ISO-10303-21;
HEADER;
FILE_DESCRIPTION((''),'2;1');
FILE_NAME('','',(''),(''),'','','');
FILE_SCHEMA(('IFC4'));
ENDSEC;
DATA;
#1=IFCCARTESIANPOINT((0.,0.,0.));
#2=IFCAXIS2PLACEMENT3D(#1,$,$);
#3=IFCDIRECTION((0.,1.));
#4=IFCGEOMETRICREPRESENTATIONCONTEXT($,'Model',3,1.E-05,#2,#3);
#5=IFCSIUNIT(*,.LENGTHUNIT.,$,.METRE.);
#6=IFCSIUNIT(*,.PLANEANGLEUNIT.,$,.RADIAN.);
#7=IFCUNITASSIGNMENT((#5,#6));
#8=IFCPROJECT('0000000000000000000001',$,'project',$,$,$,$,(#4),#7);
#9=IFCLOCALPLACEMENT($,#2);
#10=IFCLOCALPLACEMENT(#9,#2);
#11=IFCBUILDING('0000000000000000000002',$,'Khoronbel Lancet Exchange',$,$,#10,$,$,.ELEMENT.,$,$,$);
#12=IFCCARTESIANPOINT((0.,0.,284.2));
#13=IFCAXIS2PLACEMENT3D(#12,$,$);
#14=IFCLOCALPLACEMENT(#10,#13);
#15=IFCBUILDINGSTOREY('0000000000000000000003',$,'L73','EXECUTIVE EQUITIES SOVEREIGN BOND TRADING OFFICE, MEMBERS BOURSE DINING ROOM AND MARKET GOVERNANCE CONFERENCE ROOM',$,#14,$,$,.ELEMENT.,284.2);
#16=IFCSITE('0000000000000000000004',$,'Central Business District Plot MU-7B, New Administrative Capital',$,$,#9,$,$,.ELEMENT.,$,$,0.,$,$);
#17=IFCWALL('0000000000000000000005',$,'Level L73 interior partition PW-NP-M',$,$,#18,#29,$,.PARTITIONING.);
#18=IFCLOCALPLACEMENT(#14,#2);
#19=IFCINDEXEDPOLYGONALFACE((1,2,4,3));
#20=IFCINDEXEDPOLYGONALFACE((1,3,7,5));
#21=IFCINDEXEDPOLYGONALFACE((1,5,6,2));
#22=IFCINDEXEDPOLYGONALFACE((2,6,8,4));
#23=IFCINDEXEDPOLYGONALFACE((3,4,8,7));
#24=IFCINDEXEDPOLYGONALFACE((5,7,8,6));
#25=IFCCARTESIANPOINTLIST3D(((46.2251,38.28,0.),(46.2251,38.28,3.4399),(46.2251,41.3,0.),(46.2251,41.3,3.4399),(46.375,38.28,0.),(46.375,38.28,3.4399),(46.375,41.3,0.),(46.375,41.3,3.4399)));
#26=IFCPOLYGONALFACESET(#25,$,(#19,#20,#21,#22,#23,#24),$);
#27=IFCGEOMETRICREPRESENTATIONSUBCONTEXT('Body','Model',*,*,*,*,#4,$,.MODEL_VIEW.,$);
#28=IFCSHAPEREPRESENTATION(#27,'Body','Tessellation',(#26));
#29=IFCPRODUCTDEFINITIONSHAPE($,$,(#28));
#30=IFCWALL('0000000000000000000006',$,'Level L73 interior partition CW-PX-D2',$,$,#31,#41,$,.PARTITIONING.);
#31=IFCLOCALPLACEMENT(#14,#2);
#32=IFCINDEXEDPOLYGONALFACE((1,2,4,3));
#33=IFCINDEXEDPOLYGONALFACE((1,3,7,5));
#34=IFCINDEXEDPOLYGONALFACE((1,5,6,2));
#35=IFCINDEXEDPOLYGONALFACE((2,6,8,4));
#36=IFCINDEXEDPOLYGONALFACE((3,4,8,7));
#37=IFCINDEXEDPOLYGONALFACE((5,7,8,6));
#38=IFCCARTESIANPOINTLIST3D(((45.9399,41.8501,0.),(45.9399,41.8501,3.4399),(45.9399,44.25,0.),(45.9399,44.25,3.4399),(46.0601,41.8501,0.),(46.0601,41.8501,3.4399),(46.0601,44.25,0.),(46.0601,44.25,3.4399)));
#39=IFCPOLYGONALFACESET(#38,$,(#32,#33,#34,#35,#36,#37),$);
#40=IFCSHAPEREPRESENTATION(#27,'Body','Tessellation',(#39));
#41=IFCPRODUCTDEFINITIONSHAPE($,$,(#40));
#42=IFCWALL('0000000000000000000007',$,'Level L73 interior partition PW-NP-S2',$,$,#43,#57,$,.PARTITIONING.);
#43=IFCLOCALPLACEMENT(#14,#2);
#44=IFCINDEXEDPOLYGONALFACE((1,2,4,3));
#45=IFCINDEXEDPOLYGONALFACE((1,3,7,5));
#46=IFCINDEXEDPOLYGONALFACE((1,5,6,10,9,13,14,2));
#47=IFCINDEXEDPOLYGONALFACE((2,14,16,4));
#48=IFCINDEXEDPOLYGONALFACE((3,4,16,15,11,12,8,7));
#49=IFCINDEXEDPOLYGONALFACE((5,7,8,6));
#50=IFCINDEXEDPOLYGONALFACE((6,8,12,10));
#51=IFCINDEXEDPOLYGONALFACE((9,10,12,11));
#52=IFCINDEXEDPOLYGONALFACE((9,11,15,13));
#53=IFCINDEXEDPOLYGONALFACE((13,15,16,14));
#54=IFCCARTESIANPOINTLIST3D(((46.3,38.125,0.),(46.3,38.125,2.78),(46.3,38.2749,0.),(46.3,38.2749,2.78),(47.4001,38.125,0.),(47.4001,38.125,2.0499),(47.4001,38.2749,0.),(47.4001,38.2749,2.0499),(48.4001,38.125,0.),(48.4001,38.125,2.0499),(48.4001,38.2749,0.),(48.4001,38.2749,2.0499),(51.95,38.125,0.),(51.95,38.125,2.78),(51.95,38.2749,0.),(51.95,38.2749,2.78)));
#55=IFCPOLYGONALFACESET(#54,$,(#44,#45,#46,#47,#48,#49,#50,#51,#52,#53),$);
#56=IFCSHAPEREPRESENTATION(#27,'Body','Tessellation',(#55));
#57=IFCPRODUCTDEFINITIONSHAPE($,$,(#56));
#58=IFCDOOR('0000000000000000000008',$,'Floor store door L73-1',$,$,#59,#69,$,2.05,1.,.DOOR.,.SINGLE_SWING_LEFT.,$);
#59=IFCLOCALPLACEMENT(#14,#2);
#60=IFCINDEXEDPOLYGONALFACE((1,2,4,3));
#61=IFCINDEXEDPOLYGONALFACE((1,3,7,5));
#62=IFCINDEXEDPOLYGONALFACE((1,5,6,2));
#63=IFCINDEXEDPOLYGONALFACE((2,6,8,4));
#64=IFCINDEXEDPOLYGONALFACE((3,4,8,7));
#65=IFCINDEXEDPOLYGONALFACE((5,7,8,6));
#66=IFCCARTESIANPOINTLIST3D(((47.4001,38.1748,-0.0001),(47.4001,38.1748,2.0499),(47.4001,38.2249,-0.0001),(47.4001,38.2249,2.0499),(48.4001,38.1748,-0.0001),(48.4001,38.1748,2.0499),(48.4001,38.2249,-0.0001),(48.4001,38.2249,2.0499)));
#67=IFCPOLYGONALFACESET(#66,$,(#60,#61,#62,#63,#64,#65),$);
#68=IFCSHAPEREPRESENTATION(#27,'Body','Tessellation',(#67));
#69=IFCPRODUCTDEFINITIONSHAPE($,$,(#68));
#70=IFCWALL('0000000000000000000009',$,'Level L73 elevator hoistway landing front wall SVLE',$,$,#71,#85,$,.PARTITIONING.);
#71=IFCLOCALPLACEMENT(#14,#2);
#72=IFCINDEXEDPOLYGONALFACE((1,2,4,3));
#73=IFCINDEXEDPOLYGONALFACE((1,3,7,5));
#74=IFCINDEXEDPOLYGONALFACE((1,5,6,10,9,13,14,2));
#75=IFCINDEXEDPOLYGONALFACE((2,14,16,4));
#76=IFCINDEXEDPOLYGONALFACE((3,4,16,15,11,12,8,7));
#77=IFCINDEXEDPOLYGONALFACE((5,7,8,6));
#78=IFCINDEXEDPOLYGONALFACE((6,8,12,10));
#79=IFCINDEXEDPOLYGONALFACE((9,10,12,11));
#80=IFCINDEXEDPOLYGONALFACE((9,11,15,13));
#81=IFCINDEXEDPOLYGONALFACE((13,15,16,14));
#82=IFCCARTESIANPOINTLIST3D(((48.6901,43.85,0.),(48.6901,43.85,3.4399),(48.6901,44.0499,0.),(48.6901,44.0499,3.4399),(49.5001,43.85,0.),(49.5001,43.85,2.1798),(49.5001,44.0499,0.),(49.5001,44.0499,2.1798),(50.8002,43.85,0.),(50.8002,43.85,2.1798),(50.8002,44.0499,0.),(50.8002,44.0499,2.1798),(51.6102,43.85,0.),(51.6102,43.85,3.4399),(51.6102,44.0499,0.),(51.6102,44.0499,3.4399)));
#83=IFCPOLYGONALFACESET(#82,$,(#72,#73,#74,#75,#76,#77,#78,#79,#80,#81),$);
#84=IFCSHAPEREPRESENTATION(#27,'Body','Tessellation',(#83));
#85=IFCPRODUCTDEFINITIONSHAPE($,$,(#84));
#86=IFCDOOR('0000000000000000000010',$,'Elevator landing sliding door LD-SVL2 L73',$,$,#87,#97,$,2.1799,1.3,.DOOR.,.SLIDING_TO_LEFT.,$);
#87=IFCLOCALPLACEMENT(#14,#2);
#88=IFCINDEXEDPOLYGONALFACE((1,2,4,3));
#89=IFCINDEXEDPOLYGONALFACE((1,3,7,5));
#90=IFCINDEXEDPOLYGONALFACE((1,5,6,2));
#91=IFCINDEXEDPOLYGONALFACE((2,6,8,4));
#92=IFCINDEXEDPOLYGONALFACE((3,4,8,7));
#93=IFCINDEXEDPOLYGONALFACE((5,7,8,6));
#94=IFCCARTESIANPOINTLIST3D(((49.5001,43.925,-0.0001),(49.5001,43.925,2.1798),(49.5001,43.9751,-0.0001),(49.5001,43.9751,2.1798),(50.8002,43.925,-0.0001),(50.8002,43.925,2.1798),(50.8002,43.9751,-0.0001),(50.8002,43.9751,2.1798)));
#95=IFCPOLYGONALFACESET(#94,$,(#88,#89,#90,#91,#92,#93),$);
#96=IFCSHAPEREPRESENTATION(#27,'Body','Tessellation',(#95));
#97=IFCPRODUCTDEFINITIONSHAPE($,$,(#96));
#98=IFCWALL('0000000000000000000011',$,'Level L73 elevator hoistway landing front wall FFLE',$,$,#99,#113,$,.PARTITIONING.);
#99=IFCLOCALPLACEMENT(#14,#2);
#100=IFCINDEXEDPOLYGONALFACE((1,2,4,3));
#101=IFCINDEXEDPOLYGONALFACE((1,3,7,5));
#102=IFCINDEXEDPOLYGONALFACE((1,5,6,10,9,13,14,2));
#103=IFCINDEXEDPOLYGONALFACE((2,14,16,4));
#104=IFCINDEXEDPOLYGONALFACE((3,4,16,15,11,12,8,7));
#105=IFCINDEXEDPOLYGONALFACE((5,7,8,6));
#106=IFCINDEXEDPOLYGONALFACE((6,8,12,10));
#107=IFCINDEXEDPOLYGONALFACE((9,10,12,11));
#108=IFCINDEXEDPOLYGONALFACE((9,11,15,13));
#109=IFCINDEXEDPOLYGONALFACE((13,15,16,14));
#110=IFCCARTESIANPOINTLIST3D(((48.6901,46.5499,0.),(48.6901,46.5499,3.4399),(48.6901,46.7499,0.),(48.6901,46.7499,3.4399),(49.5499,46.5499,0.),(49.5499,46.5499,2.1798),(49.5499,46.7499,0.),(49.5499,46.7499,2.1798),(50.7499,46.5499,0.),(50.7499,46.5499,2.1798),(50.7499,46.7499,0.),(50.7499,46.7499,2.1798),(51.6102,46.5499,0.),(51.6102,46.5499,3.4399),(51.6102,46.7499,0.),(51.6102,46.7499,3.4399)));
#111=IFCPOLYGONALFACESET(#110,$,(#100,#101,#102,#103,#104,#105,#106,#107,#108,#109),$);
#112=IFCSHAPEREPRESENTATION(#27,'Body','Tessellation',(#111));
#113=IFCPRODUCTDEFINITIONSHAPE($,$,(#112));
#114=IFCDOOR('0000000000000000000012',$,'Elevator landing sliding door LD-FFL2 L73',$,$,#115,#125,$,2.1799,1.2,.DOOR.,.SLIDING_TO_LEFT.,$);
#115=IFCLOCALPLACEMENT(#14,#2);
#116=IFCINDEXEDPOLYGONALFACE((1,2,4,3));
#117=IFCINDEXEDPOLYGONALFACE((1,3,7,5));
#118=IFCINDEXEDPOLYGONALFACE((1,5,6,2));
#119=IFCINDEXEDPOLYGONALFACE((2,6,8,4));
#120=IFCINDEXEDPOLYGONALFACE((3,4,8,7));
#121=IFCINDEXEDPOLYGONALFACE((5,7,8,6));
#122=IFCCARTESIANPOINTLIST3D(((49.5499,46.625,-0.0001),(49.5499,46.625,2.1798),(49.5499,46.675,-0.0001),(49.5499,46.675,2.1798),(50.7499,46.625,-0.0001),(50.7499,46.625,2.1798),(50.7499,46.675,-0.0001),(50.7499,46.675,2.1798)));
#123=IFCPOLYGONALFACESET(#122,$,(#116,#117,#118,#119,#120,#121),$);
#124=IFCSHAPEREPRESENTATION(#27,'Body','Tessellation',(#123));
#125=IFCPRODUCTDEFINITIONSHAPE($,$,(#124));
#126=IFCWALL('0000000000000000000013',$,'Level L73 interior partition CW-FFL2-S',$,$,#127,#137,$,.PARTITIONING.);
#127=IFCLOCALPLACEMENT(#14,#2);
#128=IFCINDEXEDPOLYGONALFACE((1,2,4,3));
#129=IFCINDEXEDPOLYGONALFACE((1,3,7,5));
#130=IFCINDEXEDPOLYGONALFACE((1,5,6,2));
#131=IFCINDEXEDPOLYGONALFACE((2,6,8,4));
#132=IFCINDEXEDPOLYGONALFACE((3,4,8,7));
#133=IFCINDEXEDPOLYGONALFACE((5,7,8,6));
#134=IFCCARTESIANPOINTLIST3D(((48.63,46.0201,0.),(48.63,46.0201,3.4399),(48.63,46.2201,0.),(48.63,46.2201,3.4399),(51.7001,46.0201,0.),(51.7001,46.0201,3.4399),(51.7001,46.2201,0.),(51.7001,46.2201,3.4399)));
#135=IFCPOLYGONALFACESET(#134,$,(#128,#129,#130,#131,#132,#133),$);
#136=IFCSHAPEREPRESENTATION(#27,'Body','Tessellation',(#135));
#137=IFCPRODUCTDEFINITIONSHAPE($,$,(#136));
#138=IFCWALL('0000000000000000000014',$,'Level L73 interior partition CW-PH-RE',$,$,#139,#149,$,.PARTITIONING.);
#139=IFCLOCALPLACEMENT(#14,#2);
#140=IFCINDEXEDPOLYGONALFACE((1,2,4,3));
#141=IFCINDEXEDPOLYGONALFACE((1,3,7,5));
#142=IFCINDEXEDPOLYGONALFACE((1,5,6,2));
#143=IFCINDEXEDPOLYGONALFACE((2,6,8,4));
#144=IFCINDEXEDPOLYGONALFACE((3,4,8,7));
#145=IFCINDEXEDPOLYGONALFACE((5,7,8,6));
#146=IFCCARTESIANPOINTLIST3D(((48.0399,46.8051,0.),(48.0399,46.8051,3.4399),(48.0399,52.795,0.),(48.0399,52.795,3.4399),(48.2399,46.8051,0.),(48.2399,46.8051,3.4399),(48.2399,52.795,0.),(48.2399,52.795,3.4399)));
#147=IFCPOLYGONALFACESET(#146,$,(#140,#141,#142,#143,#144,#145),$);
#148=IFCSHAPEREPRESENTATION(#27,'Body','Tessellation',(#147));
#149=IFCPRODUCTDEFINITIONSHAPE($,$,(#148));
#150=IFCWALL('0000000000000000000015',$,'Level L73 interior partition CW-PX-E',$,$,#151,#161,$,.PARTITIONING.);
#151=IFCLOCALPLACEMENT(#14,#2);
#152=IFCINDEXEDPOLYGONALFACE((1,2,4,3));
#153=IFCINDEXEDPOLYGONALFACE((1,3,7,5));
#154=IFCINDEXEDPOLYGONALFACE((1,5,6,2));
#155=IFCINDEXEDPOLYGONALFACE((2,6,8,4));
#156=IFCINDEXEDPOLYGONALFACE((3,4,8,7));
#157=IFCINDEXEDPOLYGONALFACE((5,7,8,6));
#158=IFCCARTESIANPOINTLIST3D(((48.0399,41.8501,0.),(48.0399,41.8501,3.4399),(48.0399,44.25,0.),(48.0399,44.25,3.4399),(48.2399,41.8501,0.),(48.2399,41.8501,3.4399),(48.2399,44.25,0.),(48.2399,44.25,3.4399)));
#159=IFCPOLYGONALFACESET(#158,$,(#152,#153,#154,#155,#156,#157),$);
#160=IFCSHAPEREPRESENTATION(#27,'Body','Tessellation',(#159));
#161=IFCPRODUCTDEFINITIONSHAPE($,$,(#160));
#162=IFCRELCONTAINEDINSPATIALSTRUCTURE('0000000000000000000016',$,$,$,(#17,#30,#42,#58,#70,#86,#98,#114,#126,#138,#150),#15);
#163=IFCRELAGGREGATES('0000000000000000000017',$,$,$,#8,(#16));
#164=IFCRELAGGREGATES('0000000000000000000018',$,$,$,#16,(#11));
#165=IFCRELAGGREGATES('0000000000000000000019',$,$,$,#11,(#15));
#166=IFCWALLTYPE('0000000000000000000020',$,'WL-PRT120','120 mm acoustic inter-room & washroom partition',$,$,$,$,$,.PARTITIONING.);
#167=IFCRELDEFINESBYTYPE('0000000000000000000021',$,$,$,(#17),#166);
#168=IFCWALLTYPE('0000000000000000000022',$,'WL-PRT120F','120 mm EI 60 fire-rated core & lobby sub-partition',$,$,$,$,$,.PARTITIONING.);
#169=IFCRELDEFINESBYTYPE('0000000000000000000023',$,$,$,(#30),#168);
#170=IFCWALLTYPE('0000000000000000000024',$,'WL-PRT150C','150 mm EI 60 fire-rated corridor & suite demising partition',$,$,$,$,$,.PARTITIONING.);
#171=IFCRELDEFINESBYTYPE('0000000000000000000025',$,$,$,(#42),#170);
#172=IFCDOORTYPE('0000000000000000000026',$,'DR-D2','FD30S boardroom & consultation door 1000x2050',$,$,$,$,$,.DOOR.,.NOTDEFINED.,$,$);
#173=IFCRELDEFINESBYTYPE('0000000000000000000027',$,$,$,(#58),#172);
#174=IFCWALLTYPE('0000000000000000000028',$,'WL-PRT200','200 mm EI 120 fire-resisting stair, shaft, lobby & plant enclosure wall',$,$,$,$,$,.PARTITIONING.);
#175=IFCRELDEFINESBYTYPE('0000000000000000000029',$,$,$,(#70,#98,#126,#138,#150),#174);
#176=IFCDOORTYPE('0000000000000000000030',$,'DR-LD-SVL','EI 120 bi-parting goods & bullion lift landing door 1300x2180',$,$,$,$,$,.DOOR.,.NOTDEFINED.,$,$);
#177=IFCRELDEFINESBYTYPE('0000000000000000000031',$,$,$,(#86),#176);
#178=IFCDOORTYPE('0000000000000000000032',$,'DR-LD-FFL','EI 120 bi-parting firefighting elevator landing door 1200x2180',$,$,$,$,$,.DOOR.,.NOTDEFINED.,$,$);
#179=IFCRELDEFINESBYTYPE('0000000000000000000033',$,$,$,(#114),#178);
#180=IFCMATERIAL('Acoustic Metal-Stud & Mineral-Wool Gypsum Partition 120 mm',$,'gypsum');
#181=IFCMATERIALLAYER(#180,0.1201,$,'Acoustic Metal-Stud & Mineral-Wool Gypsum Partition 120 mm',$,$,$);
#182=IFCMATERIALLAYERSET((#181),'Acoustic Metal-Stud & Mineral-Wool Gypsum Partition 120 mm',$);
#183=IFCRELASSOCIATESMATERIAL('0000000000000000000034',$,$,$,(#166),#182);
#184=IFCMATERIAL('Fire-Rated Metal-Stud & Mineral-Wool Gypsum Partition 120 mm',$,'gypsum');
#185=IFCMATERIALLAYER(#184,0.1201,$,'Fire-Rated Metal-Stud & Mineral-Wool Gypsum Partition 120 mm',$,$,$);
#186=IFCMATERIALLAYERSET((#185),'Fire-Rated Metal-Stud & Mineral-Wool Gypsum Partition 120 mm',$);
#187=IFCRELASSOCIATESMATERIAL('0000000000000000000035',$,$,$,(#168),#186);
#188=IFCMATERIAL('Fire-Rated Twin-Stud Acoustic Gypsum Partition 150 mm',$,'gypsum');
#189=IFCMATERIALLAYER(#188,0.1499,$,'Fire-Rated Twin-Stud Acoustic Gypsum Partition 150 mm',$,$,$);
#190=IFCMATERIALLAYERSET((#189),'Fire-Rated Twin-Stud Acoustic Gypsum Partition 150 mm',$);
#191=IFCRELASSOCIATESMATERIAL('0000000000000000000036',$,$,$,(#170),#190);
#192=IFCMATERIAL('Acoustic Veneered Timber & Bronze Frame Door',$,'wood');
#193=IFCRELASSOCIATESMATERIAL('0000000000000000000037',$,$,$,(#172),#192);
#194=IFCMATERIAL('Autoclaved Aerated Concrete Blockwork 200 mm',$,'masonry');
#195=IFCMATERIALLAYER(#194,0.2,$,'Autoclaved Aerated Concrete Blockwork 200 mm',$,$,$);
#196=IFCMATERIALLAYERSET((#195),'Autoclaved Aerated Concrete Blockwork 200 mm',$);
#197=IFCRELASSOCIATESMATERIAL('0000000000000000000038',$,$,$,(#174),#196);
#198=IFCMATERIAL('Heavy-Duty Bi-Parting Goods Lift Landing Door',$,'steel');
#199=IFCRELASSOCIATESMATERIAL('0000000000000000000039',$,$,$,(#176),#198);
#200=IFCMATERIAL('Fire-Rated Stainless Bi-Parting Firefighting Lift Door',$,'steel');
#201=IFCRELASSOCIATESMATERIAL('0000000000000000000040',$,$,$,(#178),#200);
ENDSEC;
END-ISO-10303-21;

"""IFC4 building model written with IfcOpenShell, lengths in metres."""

from ifc_helpers import new_model, si_unit, direction, frame, frame_2d, origin, place, context, subcontext, project, spatial, rectangle, extrude, material, layer, layer_set, type_object, element, fill, save


model = new_model("IFC4")

# Units and contexts
model_context = context("Model", 3, precision=1e-05, world=origin(), true_north=direction((0.0, 1.0)))
body_context = subcontext(model_context, "Body", "Model", "MODEL_VIEW")
ifc_project = project(units=[si_unit("LENGTHUNIT", "METRE"), si_unit("PLANEANGLEUNIT", "RADIAN")], contexts=[model_context])

# Site, building, storey
site_placement = place(None, origin())
site = spatial("IfcSite", under=ifc_project, at=site_placement, Name="Central Business District Plot MU-7B, New Administrative Capital", CompositionType="ELEMENT", RefElevation=0.0)
building_placement = place(site_placement, origin())
building = spatial("IfcBuilding", under=site, at=building_placement, Name="Khoronbel Lancet Exchange", CompositionType="ELEMENT")
storey_placement = place(building_placement, frame((0.0, 0.0, 284.2)))
storey = spatial("IfcBuildingStorey", under=building, at=storey_placement, Name="L73", Description="EXECUTIVE EQUITIES SOVEREIGN BOND TRADING OFFICE, MEMBERS BOURSE DINING ROOM AND MARKET GOVERNANCE CONFERENCE ROOM", CompositionType="ELEMENT", Elevation=284.2)

# Walls
ifc_material_1 = material(Name="Acoustic Metal-Stud & Mineral-Wool Gypsum Partition 120 mm", Category="gypsum")
ifc_layer_1 = layer(ifc_material_1, 0.1201, Name="Acoustic Metal-Stud & Mineral-Wool Gypsum Partition 120 mm")
ifc_layer_set_1 = layer_set([ifc_layer_1], Name="Acoustic Metal-Stud & Mineral-Wool Gypsum Partition 120 mm")
wall_type_1 = type_object("IfcWallType", Name="WL-PRT120", Description="120 mm acoustic inter-room & washroom partition", PredefinedType="PARTITIONING", material=ifc_layer_set_1)
wall_1_placement = place(storey_placement, frame((46.3, 38.28, 0.0), z_axis=(0.0, 0.0, 1.0), x_axis=(0.0, 1.0, 0.0)))
element("IfcWall", 1, at=wall_1_placement, inside=storey, type_object=wall_type_1, Name="Level L73 interior partition PW-NP-M", PredefinedType="PARTITIONING", context=body_context, shape_type="SweptSolid", body=[
    extrude(rectangle(XDim=3.02, YDim=0.1499, at=frame_2d((1.51, 0.0))), origin(), (0.0, 0.0, 1.0), 3.4399),
])
ifc_material_2 = material(Name="Fire-Rated Metal-Stud & Mineral-Wool Gypsum Partition 120 mm", Category="gypsum")
ifc_layer_2 = layer(ifc_material_2, 0.1201, Name="Fire-Rated Metal-Stud & Mineral-Wool Gypsum Partition 120 mm")
ifc_layer_set_2 = layer_set([ifc_layer_2], Name="Fire-Rated Metal-Stud & Mineral-Wool Gypsum Partition 120 mm")
wall_type_2 = type_object("IfcWallType", Name="WL-PRT120F", Description="120 mm EI 60 fire-rated core & lobby sub-partition", PredefinedType="PARTITIONING", material=ifc_layer_set_2)
wall_2_placement = place(storey_placement, frame((46.0, 41.8501, 0.0), z_axis=(0.0, 0.0, 1.0), x_axis=(0.0, 1.0, 0.0)))
element("IfcWall", 2, at=wall_2_placement, inside=storey, type_object=wall_type_2, Name="Level L73 interior partition CW-PX-D2", PredefinedType="PARTITIONING", context=body_context, shape_type="SweptSolid", body=[
    extrude(rectangle(XDim=2.3999, YDim=0.1201, at=frame_2d((1.2, 0.0))), origin(), (0.0, 0.0, 1.0), 3.4399),
])

# Walls, openings, doors
ifc_material_3 = material(Name="Fire-Rated Twin-Stud Acoustic Gypsum Partition 150 mm", Category="gypsum")
ifc_layer_3 = layer(ifc_material_3, 0.1499, Name="Fire-Rated Twin-Stud Acoustic Gypsum Partition 150 mm")
ifc_layer_set_3 = layer_set([ifc_layer_3], Name="Fire-Rated Twin-Stud Acoustic Gypsum Partition 150 mm")
wall_type_3 = type_object("IfcWallType", Name="WL-PRT150C", Description="150 mm EI 60 fire-rated corridor & suite demising partition", PredefinedType="PARTITIONING", material=ifc_layer_set_3)
wall_3_placement = place(storey_placement, frame((46.3, 38.2, 0.0), z_axis=(0.0, 0.0, 1.0), x_axis=(1.0, 0.0, 0.0)))
wall_3 = element("IfcWall", 3, at=wall_3_placement, inside=storey, type_object=wall_type_3, Name="Level L73 interior partition PW-NP-S2", PredefinedType="PARTITIONING", context=body_context, shape_type="SweptSolid", body=[
    extrude(rectangle(XDim=5.6499, YDim=0.1499, at=frame_2d((2.825, 0.0))), origin(), (0.0, 0.0, 1.0), 2.78),
])
opening_1_placement = place(wall_3_placement, frame((1.1001, 0.0, 0.0)))
opening_1 = element("IfcOpeningElement", 4, at=opening_1_placement, cuts=wall_3, PredefinedType="OPENING", context=body_context, shape_type="SweptSolid", body=[
    extrude(rectangle(XDim=1.0, YDim=2.05, at=frame_2d((0.5, 1.0249))), frame((0.0, 0.085, 0.0), z_axis=(0.0, -1.0, 0.0), x_axis=(1.0, 0.0, 0.0)), (0.0, 0.0, 1.0), 0.1699),
])
ifc_material_4 = material(Name="Acoustic Veneered Timber & Bronze Frame Door", Category="wood")
door_type_1 = type_object("IfcDoorType", Name="DR-D2", Description="FD30S boardroom & consultation door 1000x2050", OperationType="NOTDEFINED", PredefinedType="DOOR", material=ifc_material_4)
door_1_placement = place(opening_1_placement, origin())
door_1 = element("IfcDoor", 5, at=door_1_placement, inside=storey, type_object=door_type_1, Name="Floor store door L73-1", OperationType="SINGLE_SWING_LEFT", OverallHeight=2.05, OverallWidth=1.0, PredefinedType="DOOR", context=body_context, shape_type="SweptSolid", body=[
    extrude(rectangle(XDim=1.0, YDim=2.05, at=frame_2d((0.5, 1.0249))), frame((0.0, 0.0249, 0.0), z_axis=(0.0, -1.0, 0.0), x_axis=(1.0, 0.0, 0.0)), (0.0, 0.0, 1.0), 0.05),
])
fill(opening_1, door_1)
ifc_material_5 = material(Name="Autoclaved Aerated Concrete Blockwork 200 mm", Category="masonry")
ifc_layer_4 = layer(ifc_material_5, 0.2, Name="Autoclaved Aerated Concrete Blockwork 200 mm")
ifc_layer_set_4 = layer_set([ifc_layer_4], Name="Autoclaved Aerated Concrete Blockwork 200 mm")
wall_type_4 = type_object("IfcWallType", Name="WL-PRT200", Description="200 mm EI 120 fire-resisting stair, shaft, lobby & plant enclosure wall", PredefinedType="PARTITIONING", material=ifc_layer_set_4)
wall_4_placement = place(storey_placement, frame((51.6101, 43.95, 0.0), z_axis=(0.0, 0.0, 1.0), x_axis=(-1.0, 0.0, 0.0)))
wall_4 = element("IfcWall", 6, at=wall_4_placement, inside=storey, type_object=wall_type_4, Name="Level L73 elevator hoistway landing front wall SVLE", PredefinedType="PARTITIONING", context=body_context, shape_type="SweptSolid", body=[
    extrude(rectangle(XDim=2.9202, YDim=0.2, at=frame_2d((1.46, 0.0))), origin(), (0.0, 0.0, 1.0), 3.4399),
])
opening_2_placement = place(wall_4_placement, frame((0.8101, 0.0, 0.0)))
opening_2 = element("IfcOpeningElement", 7, at=opening_2_placement, cuts=wall_4, PredefinedType="OPENING", context=body_context, shape_type="SweptSolid", body=[
    extrude(rectangle(XDim=1.3, YDim=2.1799, at=frame_2d((0.6499, 1.0898))), frame((0.0, 0.1099, 0.0), z_axis=(0.0, -1.0, 0.0), x_axis=(1.0, 0.0, 0.0)), (0.0, 0.0, 1.0), 0.22),
])
ifc_material_6 = material(Name="Heavy-Duty Bi-Parting Goods Lift Landing Door", Category="steel")
door_type_2 = type_object("IfcDoorType", Name="DR-LD-SVL", Description="EI 120 bi-parting goods & bullion lift landing door 1300x2180", OperationType="NOTDEFINED", PredefinedType="DOOR", material=ifc_material_6)
door_2_placement = place(opening_2_placement, origin())
door_2 = element("IfcDoor", 8, at=door_2_placement, inside=storey, type_object=door_type_2, Name="Elevator landing sliding door LD-SVL2 L73", OperationType="SLIDING_TO_LEFT", OverallHeight=2.1799, OverallWidth=1.3, PredefinedType="DOOR", context=body_context, shape_type="SweptSolid", body=[
    extrude(rectangle(XDim=1.3, YDim=2.1799, at=frame_2d((0.6499, 1.0898))), frame((0.0, 0.0249, 0.0), z_axis=(0.0, -1.0, 0.0), x_axis=(1.0, 0.0, 0.0)), (0.0, 0.0, 1.0), 0.05),
])
fill(opening_2, door_2)
wall_5_placement = place(storey_placement, frame((51.6101, 46.6499, 0.0), z_axis=(0.0, 0.0, 1.0), x_axis=(-1.0, 0.0, 0.0)))
wall_5 = element("IfcWall", 9, at=wall_5_placement, inside=storey, type_object=wall_type_4, Name="Level L73 elevator hoistway landing front wall FFLE", PredefinedType="PARTITIONING", context=body_context, shape_type="SweptSolid", body=[
    extrude(rectangle(XDim=2.9202, YDim=0.2, at=frame_2d((1.46, 0.0))), origin(), (0.0, 0.0, 1.0), 3.4399),
])
opening_3_placement = place(wall_5_placement, frame((0.8601, 0.0, 0.0)))
opening_3 = element("IfcOpeningElement", 10, at=opening_3_placement, cuts=wall_5, PredefinedType="OPENING", context=body_context, shape_type="SweptSolid", body=[
    extrude(rectangle(XDim=1.2, YDim=2.1799, at=frame_2d((0.6001, 1.0898))), frame((0.0, 0.1099, 0.0), z_axis=(0.0, -1.0, 0.0), x_axis=(1.0, 0.0, 0.0)), (0.0, 0.0, 1.0), 0.22),
])
ifc_material_7 = material(Name="Fire-Rated Stainless Bi-Parting Firefighting Lift Door", Category="steel")
door_type_3 = type_object("IfcDoorType", Name="DR-LD-FFL", Description="EI 120 bi-parting firefighting elevator landing door 1200x2180", OperationType="NOTDEFINED", PredefinedType="DOOR", material=ifc_material_7)
door_3_placement = place(opening_3_placement, origin())
door_3 = element("IfcDoor", 11, at=door_3_placement, inside=storey, type_object=door_type_3, Name="Elevator landing sliding door LD-FFL2 L73", OperationType="SLIDING_TO_LEFT", OverallHeight=2.1799, OverallWidth=1.2, PredefinedType="DOOR", context=body_context, shape_type="SweptSolid", body=[
    extrude(rectangle(XDim=1.2, YDim=2.1799, at=frame_2d((0.6001, 1.0898))), frame((0.0, 0.0249, 0.0), z_axis=(0.0, -1.0, 0.0), x_axis=(1.0, 0.0, 0.0)), (0.0, 0.0, 1.0), 0.05),
])
fill(opening_3, door_3)

# Wall
wall_6_placement = place(storey_placement, frame((48.6299, 46.1201, 0.0), z_axis=(0.0, 0.0, 1.0), x_axis=(1.0, 0.0, 0.0)))
element("IfcWall", 12, at=wall_6_placement, inside=storey, type_object=wall_type_4, Name="Level L73 interior partition CW-FFL2-S", PredefinedType="PARTITIONING", context=body_context, shape_type="SweptSolid", body=[
    extrude(rectangle(XDim=3.0701, YDim=0.2, at=frame_2d((1.5352, 0.0))), origin(), (0.0, 0.0, 1.0), 3.4399),
])

# Walls
wall_7_placement = place(storey_placement, frame((48.1399, 46.8049, 0.0), z_axis=(0.0, 0.0, 1.0), x_axis=(0.0, 1.0, 0.0)))
element("IfcWall", 13, at=wall_7_placement, inside=storey, type_object=wall_type_4, Name="Level L73 interior partition CW-PH-RE", PredefinedType="PARTITIONING", context=body_context, shape_type="SweptSolid", body=[
    extrude(rectangle(XDim=5.99, YDim=0.2, at=frame_2d((2.9951, 0.0))), origin(), (0.0, 0.0, 1.0), 3.4399),
])
wall_8_placement = place(storey_placement, frame((48.1399, 41.8501, 0.0), z_axis=(0.0, 0.0, 1.0), x_axis=(0.0, 1.0, 0.0)))
element("IfcWall", 14, at=wall_8_placement, inside=storey, type_object=wall_type_4, Name="Level L73 interior partition CW-PX-E", PredefinedType="PARTITIONING", context=body_context, shape_type="SweptSolid", body=[
    extrude(rectangle(XDim=2.3999, YDim=0.2, at=frame_2d((1.2, 0.0))), origin(), (0.0, 0.0, 1.0), 3.4399),
])

save(model, "model.ifc")
